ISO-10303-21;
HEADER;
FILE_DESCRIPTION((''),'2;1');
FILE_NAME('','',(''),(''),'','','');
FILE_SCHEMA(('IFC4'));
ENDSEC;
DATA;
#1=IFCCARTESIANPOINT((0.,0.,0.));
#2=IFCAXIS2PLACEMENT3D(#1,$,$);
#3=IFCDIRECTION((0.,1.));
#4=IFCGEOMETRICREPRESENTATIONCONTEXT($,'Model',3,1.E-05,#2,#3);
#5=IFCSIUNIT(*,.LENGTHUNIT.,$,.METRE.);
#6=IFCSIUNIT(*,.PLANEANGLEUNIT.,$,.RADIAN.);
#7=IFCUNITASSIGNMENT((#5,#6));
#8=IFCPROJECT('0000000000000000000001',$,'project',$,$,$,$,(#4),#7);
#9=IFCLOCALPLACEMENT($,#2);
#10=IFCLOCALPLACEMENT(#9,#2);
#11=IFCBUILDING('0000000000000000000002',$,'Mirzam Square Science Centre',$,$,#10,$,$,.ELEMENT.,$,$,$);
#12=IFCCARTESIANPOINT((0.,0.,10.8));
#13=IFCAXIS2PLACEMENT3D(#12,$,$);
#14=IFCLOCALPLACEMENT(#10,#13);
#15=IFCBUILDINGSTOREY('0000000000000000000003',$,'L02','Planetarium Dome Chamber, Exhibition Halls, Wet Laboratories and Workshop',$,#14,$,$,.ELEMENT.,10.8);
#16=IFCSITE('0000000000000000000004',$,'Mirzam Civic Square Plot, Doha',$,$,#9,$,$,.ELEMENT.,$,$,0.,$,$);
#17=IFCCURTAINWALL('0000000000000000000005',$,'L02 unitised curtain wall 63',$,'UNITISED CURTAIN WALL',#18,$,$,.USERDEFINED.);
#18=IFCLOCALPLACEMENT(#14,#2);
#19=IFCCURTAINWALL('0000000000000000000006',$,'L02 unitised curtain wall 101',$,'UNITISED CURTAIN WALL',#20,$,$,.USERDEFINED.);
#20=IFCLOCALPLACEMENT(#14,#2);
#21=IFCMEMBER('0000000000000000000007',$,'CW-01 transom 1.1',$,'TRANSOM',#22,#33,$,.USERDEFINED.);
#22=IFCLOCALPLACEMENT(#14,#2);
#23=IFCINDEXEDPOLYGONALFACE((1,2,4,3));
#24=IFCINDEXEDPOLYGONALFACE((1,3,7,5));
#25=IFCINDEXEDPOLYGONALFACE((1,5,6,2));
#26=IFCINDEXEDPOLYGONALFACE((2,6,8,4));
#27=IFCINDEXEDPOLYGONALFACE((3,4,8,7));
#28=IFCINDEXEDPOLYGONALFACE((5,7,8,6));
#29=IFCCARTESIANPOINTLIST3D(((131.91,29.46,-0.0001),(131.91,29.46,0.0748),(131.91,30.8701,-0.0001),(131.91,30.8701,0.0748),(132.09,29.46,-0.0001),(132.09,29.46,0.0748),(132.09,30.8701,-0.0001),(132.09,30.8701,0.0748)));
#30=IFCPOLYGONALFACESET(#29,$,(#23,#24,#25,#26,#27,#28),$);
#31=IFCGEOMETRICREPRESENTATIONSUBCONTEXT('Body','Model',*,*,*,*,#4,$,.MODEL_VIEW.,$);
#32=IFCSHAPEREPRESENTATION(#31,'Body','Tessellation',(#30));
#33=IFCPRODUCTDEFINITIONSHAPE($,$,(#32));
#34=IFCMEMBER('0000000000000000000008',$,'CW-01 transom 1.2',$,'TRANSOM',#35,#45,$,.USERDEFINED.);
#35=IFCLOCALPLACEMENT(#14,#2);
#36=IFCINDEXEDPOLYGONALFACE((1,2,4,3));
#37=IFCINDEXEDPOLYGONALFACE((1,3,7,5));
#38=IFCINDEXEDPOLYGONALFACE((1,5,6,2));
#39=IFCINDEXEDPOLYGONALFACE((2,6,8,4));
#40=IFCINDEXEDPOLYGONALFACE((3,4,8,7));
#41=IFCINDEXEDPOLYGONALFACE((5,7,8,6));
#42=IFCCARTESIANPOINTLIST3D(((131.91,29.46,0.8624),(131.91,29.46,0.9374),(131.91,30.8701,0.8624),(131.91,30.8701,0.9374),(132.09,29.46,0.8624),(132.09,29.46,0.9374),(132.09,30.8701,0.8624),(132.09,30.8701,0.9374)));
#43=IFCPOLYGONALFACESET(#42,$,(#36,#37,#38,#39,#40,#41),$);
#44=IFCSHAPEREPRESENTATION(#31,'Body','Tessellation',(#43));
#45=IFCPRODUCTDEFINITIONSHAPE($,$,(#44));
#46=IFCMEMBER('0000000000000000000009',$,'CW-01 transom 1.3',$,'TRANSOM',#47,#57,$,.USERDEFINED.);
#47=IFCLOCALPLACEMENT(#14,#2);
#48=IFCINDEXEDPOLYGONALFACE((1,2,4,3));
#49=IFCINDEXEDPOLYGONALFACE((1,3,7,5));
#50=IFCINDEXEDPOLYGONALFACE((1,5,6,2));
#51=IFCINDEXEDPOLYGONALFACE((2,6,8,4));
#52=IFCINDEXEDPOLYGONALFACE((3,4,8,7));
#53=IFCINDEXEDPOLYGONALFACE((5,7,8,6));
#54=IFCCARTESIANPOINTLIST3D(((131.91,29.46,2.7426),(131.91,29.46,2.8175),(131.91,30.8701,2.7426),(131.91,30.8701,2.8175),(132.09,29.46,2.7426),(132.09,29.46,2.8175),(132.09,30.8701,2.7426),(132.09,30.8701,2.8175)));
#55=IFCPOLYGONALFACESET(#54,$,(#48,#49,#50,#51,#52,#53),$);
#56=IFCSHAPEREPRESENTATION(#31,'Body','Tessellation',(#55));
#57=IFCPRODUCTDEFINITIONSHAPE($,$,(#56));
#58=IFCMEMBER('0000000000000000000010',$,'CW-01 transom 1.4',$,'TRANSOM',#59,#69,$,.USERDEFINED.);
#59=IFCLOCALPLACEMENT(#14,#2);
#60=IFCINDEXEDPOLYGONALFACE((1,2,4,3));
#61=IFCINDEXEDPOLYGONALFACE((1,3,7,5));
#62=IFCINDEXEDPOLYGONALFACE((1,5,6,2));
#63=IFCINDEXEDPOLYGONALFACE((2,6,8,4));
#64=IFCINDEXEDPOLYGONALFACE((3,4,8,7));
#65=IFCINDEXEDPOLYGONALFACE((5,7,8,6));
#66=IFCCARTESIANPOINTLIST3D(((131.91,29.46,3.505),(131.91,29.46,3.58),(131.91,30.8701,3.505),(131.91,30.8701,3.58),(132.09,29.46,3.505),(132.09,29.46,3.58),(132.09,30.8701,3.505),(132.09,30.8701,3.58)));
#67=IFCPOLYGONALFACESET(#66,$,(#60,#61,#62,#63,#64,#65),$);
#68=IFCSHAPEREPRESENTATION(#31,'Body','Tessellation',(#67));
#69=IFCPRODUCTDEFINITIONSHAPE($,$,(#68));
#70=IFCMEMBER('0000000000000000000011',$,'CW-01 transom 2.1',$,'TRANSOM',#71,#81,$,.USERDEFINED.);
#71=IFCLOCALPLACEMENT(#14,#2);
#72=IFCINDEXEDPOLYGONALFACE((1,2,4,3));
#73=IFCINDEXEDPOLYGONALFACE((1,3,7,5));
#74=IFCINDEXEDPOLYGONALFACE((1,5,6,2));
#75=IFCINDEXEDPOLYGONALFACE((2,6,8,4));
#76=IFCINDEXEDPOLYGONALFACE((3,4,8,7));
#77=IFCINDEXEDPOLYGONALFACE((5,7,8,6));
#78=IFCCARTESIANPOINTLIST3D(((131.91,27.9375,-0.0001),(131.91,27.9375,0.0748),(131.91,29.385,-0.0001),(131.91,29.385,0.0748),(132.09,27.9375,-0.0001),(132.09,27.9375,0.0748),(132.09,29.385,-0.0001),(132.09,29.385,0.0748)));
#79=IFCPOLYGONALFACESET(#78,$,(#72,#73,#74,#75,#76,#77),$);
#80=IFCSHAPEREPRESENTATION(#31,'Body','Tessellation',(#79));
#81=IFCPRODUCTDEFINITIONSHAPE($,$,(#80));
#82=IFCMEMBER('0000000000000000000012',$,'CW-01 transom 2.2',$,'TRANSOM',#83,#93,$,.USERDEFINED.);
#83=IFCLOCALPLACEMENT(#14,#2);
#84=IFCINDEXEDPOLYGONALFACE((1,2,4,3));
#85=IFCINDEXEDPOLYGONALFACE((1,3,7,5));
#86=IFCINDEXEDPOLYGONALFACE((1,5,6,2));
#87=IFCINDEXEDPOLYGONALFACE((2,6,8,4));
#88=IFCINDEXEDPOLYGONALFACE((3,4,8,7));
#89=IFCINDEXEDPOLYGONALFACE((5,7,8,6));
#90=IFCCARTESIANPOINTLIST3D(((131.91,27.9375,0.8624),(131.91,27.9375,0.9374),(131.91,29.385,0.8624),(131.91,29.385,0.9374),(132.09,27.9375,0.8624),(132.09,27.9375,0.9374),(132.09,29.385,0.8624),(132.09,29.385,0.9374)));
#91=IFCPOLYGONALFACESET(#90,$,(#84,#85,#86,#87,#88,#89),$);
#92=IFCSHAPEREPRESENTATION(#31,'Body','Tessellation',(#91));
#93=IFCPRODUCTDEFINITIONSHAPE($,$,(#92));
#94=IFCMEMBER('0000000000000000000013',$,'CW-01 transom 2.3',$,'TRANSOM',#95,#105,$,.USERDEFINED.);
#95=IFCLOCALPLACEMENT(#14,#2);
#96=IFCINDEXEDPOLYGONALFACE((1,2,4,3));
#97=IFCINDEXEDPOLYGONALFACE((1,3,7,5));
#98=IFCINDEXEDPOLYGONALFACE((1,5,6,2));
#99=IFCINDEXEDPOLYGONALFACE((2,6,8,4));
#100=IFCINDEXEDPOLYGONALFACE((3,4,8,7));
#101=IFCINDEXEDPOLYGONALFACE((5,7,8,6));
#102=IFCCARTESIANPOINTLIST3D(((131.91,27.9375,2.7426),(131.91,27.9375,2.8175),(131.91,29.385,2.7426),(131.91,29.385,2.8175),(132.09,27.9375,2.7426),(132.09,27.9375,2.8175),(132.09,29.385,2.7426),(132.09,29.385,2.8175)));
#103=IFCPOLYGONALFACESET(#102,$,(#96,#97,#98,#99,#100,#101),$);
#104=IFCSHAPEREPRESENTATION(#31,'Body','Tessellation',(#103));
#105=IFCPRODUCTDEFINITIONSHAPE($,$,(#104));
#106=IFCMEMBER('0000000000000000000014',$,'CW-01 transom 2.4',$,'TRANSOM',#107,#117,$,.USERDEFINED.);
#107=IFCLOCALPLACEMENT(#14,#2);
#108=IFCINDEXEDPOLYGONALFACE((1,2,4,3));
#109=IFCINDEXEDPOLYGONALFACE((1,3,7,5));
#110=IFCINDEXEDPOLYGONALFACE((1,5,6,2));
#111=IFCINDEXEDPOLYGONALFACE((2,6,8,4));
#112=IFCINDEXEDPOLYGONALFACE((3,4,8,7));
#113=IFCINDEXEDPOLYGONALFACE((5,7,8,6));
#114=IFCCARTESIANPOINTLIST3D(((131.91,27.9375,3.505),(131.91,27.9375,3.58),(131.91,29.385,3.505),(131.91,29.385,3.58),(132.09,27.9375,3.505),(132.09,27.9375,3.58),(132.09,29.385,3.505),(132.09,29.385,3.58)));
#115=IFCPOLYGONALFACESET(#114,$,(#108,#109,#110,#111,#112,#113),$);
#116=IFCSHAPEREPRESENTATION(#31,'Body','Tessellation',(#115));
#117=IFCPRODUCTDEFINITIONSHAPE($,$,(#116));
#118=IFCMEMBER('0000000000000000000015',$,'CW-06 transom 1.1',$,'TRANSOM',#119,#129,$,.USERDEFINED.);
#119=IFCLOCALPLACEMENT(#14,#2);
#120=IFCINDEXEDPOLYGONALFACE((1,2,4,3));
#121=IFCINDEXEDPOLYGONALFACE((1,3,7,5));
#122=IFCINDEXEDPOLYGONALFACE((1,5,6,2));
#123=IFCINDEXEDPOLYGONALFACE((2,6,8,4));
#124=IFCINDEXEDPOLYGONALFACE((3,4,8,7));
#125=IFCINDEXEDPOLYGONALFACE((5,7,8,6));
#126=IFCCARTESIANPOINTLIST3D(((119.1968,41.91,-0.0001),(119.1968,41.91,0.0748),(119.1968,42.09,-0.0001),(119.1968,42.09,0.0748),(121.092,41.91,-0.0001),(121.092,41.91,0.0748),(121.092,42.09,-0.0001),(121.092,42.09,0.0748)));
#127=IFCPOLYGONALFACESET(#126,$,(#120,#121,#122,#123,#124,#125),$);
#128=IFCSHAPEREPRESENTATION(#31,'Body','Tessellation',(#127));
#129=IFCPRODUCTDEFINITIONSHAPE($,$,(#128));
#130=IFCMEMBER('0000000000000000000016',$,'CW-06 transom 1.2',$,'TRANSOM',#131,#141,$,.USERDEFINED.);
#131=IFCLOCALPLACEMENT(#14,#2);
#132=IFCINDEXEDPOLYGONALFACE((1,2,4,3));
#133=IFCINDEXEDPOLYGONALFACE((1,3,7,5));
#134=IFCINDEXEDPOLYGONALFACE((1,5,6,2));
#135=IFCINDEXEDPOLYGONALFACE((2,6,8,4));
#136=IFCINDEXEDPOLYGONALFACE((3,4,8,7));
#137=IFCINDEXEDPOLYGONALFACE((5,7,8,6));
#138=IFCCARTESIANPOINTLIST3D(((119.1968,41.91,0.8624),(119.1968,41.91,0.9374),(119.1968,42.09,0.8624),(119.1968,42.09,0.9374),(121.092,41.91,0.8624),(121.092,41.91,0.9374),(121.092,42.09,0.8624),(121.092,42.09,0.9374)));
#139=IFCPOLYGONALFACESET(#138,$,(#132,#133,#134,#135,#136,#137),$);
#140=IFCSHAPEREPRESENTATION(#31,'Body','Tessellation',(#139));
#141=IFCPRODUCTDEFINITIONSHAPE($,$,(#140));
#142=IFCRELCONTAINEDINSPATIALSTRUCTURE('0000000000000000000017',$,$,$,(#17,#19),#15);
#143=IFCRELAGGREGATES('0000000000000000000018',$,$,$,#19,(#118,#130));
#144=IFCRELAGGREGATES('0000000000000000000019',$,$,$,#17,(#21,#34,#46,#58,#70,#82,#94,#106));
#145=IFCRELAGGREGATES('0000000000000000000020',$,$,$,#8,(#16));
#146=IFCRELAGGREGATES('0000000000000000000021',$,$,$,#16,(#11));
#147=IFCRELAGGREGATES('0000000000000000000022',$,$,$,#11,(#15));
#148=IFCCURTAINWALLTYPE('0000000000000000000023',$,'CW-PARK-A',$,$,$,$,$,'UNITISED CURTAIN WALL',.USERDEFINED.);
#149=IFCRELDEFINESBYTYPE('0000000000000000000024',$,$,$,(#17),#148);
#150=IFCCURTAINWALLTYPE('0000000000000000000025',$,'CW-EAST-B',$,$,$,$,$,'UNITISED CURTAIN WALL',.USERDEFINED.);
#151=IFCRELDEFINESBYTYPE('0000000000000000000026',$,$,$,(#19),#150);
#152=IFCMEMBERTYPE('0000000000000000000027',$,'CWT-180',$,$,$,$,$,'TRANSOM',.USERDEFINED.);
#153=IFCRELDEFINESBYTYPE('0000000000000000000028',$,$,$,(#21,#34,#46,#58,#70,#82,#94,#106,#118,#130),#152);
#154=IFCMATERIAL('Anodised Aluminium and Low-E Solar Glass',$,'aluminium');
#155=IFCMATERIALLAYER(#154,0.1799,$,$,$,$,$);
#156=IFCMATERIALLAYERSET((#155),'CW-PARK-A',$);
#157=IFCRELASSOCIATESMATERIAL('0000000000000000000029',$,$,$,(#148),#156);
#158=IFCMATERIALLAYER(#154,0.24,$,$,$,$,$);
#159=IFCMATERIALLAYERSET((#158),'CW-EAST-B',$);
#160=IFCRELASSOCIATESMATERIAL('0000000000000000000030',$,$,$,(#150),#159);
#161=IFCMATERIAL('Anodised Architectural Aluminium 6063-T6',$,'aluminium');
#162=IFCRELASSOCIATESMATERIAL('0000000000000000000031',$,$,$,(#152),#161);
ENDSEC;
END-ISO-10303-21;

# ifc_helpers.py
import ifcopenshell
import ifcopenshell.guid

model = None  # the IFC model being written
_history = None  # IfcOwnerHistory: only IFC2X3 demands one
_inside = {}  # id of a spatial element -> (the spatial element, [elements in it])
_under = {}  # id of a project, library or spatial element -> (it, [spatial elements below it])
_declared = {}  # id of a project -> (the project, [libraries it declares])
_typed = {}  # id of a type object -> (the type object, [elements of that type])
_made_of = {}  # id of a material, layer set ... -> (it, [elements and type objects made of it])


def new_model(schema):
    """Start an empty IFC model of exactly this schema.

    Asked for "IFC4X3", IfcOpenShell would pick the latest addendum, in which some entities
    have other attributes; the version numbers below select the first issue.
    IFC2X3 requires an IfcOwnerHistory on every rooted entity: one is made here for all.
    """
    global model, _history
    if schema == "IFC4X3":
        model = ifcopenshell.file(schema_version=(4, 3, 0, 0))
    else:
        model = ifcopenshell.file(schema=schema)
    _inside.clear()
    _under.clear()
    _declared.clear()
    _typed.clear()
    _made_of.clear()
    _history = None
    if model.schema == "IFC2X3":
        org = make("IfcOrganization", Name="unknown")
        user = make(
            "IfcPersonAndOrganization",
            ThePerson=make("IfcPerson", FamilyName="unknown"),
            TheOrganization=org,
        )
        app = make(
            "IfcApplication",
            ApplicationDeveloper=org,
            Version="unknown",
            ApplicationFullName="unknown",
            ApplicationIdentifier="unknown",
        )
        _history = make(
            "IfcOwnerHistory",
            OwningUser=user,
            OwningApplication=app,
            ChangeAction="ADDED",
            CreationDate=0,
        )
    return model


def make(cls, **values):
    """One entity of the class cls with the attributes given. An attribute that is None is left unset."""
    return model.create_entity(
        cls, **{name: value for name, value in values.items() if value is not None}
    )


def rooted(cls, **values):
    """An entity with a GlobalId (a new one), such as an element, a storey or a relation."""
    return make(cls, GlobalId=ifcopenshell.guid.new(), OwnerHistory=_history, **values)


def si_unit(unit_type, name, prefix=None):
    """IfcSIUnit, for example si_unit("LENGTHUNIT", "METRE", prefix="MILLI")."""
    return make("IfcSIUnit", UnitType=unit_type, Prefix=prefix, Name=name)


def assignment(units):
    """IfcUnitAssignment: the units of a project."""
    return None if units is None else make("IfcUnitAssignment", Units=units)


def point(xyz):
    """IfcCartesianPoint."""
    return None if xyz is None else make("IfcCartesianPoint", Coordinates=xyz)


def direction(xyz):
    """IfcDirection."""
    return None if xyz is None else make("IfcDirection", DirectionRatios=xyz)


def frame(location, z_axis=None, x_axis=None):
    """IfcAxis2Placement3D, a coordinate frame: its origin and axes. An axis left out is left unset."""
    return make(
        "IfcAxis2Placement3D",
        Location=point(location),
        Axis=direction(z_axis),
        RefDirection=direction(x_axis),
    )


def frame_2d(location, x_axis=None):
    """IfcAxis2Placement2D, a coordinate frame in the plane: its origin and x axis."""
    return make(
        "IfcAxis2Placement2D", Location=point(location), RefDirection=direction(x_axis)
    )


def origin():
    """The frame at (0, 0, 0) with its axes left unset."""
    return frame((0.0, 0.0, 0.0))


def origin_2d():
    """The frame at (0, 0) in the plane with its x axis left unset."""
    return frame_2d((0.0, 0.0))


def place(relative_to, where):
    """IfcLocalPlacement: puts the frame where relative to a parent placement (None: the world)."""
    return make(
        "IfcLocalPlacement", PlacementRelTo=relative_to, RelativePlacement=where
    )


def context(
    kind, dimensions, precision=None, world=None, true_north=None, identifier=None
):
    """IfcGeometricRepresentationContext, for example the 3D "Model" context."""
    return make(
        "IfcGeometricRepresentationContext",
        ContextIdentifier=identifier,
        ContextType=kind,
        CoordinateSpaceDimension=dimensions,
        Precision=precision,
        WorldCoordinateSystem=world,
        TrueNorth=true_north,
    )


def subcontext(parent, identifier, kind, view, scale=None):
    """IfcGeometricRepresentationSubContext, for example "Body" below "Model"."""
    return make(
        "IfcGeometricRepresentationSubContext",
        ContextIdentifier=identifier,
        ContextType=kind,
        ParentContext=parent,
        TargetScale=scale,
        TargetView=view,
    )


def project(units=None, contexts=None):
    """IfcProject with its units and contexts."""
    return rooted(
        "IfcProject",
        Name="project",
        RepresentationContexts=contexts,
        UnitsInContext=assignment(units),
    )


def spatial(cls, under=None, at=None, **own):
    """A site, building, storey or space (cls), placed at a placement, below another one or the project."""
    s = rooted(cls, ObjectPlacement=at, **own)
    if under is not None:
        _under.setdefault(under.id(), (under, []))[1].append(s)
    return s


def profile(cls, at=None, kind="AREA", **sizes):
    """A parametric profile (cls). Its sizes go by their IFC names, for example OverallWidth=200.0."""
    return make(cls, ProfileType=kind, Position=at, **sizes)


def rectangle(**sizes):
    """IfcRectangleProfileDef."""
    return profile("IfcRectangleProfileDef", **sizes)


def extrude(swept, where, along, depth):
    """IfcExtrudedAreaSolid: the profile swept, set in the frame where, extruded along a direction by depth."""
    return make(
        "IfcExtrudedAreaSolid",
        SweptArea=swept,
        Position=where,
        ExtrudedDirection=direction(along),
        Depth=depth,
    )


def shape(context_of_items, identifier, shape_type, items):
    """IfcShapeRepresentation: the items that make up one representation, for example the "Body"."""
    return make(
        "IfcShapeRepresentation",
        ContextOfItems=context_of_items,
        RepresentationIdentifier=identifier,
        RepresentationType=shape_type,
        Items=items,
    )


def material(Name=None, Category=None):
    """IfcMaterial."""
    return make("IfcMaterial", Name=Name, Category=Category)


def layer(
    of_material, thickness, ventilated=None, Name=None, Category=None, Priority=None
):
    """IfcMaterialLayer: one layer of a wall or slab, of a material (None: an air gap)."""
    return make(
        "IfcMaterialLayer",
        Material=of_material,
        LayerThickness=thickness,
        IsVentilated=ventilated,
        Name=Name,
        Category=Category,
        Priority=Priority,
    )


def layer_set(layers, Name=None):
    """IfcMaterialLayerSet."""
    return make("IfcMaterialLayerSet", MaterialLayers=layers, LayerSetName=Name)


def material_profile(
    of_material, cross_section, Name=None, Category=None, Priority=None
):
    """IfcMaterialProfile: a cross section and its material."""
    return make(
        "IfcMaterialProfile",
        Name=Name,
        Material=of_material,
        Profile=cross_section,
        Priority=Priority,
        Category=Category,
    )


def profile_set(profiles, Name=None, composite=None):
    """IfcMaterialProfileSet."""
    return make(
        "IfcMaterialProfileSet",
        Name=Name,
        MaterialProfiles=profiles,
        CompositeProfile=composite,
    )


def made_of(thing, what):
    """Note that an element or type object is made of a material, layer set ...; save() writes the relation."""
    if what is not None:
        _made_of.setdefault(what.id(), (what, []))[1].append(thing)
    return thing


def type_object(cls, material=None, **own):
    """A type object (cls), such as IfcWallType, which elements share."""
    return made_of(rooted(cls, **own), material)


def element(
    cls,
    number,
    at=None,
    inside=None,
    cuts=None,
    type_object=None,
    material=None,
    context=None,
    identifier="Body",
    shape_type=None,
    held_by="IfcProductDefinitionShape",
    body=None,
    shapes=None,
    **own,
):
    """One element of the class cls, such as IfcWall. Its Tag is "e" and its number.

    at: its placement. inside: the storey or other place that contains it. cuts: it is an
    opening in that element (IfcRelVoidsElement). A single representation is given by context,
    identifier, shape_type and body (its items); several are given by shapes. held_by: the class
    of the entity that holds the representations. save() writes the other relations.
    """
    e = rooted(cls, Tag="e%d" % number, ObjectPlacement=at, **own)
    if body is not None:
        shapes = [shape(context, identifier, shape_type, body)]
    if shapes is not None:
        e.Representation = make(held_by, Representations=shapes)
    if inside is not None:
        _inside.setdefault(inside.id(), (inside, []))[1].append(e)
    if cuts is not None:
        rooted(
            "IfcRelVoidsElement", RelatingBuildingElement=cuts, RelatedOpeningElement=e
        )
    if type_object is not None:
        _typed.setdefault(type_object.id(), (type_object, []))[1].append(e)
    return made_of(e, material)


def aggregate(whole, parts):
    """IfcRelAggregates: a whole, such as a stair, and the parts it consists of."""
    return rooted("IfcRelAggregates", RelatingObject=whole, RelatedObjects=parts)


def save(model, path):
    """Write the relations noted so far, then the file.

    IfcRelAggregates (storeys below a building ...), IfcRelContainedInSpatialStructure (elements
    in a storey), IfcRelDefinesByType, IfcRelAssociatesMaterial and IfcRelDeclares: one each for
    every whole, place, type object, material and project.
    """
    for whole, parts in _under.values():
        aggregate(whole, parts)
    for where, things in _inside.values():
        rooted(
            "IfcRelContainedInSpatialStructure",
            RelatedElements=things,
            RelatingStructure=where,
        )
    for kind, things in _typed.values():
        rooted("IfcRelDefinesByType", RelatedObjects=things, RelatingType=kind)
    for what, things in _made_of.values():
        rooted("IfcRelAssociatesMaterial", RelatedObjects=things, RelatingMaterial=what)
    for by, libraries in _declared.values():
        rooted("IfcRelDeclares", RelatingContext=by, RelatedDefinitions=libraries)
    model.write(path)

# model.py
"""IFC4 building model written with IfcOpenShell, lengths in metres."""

from ifc_helpers import new_model, si_unit, direction, frame, origin, origin_2d, place, context, subcontext, project, spatial, rectangle, extrude, material, layer, layer_set, material_profile, profile_set, type_object, element, aggregate, save


model = new_model("IFC4")

# Units and contexts
model_context = context("Model", 3, precision=1e-05, world=origin(), true_north=direction((0.0, 1.0)))
body_context = subcontext(model_context, "Body", "Model", "MODEL_VIEW")
ifc_project = project(units=[si_unit("LENGTHUNIT", "METRE"), si_unit("PLANEANGLEUNIT", "RADIAN")], contexts=[model_context])

# Site, building, storey
site_placement = place(None, origin())
site = spatial("IfcSite", under=ifc_project, at=site_placement, Name="Mirzam Civic Square Plot, Doha", CompositionType="ELEMENT", RefElevation=0.0)
building_placement = place(site_placement, origin())
building = spatial("IfcBuilding", under=site, at=building_placement, Name="Mirzam Square Science Centre", CompositionType="ELEMENT")
storey_placement = place(building_placement, frame((0.0, 0.0, 10.8)))
storey = spatial("IfcBuildingStorey", under=building, at=storey_placement, Name="L02", Description="Planetarium Dome Chamber, Exhibition Halls, Wet Laboratories and Workshop", CompositionType="ELEMENT", Elevation=10.8)

# Curtain wall
ifc_material_1 = material(Name="Anodised Aluminium and Low-E Solar Glass", Category="aluminium")
ifc_layer_1 = layer(ifc_material_1, 0.1799)
ifc_layer_set_1 = layer_set([ifc_layer_1], Name="CW-PARK-A")
curtain_wall_type_1 = type_object("IfcCurtainWallType", Name="CW-PARK-A", ElementType="UNITISED CURTAIN WALL", PredefinedType="USERDEFINED", material=ifc_layer_set_1)
curtain_wall_1_placement = place(storey_placement, origin())
curtain_wall_1 = element("IfcCurtainWall", 1, at=curtain_wall_1_placement, inside=storey, type_object=curtain_wall_type_1, Name="L02 unitised curtain wall 63", ObjectType="UNITISED CURTAIN WALL", PredefinedType="USERDEFINED")
ifc_material_2 = material(Name="Anodised Architectural Aluminium 6063-T6", Category="aluminium")

# Curtain wall
ifc_layer_2 = layer(ifc_material_1, 0.24)
ifc_layer_set_2 = layer_set([ifc_layer_2], Name="CW-EAST-B")
curtain_wall_type_2 = type_object("IfcCurtainWallType", Name="CW-EAST-B", ElementType="UNITISED CURTAIN WALL", PredefinedType="USERDEFINED", material=ifc_layer_set_2)
curtain_wall_2_placement = place(storey_placement, origin())
curtain_wall_2 = element("IfcCurtainWall", 2, at=curtain_wall_2_placement, inside=storey, type_object=curtain_wall_type_2, Name="L02 unitised curtain wall 101", ObjectType="UNITISED CURTAIN WALL", PredefinedType="USERDEFINED")

# Members
ifc_material_profile_1 = material_profile(ifc_material_2, rectangle(XDim=0.1799, YDim=0.075, at=origin_2d()), Name="ALU-TRAN-180x75x5")
ifc_profile_set_1 = profile_set([ifc_material_profile_1], Name="Anodised Architectural Aluminium 6063-T6")
member_type_1 = type_object("IfcMemberType", Name="CWT-180", ElementType="TRANSOM", PredefinedType="USERDEFINED", material=ifc_profile_set_1)
member_1_placement = place(storey_placement, frame((132.0, 30.8701, 0.0374), z_axis=(0.0, -1.0, 0.0), x_axis=(1.0, 0.0, 0.0)))
member_1 = element("IfcMember", 3, at=member_1_placement, type_object=member_type_1, Name="CW-01 transom 1.1", ObjectType="TRANSOM", PredefinedType="USERDEFINED", context=body_context, shape_type="SweptSolid", body=[
    extrude(rectangle(XDim=0.1799, YDim=0.075, at=origin_2d()), origin(), (0.0, 0.0, 1.0), 1.4102),
])
member_2_placement = place(storey_placement, frame((132.0, 30.8701, 0.8999), z_axis=(0.0, -1.0, 0.0), x_axis=(1.0, 0.0, 0.0)))
member_2 = element("IfcMember", 4, at=member_2_placement, type_object=member_type_1, Name="CW-01 transom 1.2", ObjectType="TRANSOM", PredefinedType="USERDEFINED", context=body_context, shape_type="SweptSolid", body=[
    extrude(rectangle(XDim=0.1799, YDim=0.075, at=origin_2d()), origin(), (0.0, 0.0, 1.0), 1.4102),
])
member_3_placement = place(storey_placement, frame((132.0, 30.8701, 2.78), z_axis=(0.0, -1.0, 0.0), x_axis=(1.0, 0.0, 0.0)))
member_3 = element("IfcMember", 5, at=member_3_placement, type_object=member_type_1, Name="CW-01 transom 1.3", ObjectType="TRANSOM", PredefinedType="USERDEFINED", context=body_context, shape_type="SweptSolid", body=[
    extrude(rectangle(XDim=0.1799, YDim=0.075, at=origin_2d()), origin(), (0.0, 0.0, 1.0), 1.4102),
])
member_4_placement = place(storey_placement, frame((132.0, 30.8701, 3.5425), z_axis=(0.0, -1.0, 0.0), x_axis=(1.0, 0.0, 0.0)))
member_4 = element("IfcMember", 6, at=member_4_placement, type_object=member_type_1, Name="CW-01 transom 1.4", ObjectType="TRANSOM", PredefinedType="USERDEFINED", context=body_context, shape_type="SweptSolid", body=[
    extrude(rectangle(XDim=0.1799, YDim=0.075, at=origin_2d()), origin(), (0.0, 0.0, 1.0), 1.4102),
])
member_5_placement = place(storey_placement, frame((132.0, 29.385, 0.0374), z_axis=(0.0, -1.0, 0.0), x_axis=(1.0, 0.0, 0.0)))
member_5 = element("IfcMember", 7, at=member_5_placement, type_object=member_type_1, Name="CW-01 transom 2.1", ObjectType="TRANSOM", PredefinedType="USERDEFINED", context=body_context, shape_type="SweptSolid", body=[
    extrude(rectangle(XDim=0.1799, YDim=0.075, at=origin_2d()), origin(), (0.0, 0.0, 1.0), 1.4475),
])
member_6_placement = place(storey_placement, frame((132.0, 29.385, 0.8999), z_axis=(0.0, -1.0, 0.0), x_axis=(1.0, 0.0, 0.0)))
member_6 = element("IfcMember", 8, at=member_6_placement, type_object=member_type_1, Name="CW-01 transom 2.2", ObjectType="TRANSOM", PredefinedType="USERDEFINED", context=body_context, shape_type="SweptSolid", body=[
    extrude(rectangle(XDim=0.1799, YDim=0.075, at=origin_2d()), origin(), (0.0, 0.0, 1.0), 1.4475),
])
member_7_placement = place(storey_placement, frame((132.0, 29.385, 2.78), z_axis=(0.0, -1.0, 0.0), x_axis=(1.0, 0.0, 0.0)))
member_7 = element("IfcMember", 9, at=member_7_placement, type_object=member_type_1, Name="CW-01 transom 2.3", ObjectType="TRANSOM", PredefinedType="USERDEFINED", context=body_context, shape_type="SweptSolid", body=[
    extrude(rectangle(XDim=0.1799, YDim=0.075, at=origin_2d()), origin(), (0.0, 0.0, 1.0), 1.4475),
])
member_8_placement = place(storey_placement, frame((132.0, 29.385, 3.5425), z_axis=(0.0, -1.0, 0.0), x_axis=(1.0, 0.0, 0.0)))
member_8 = element("IfcMember", 10, at=member_8_placement, type_object=member_type_1, Name="CW-01 transom 2.4", ObjectType="TRANSOM", PredefinedType="USERDEFINED", context=body_context, shape_type="SweptSolid", body=[
    extrude(rectangle(XDim=0.1799, YDim=0.075, at=origin_2d()), origin(), (0.0, 0.0, 1.0), 1.4475),
])
member_9_placement = place(storey_placement, frame((119.1968, 42.0, 0.0374), z_axis=(1.0, 0.0, 0.0), x_axis=(0.0, 1.0, 0.0)))
member_9 = element("IfcMember", 11, at=member_9_placement, type_object=member_type_1, Name="CW-06 transom 1.1", ObjectType="TRANSOM", PredefinedType="USERDEFINED", context=body_context, shape_type="SweptSolid", body=[
    extrude(rectangle(XDim=0.1799, YDim=0.075, at=origin_2d()), origin(), (0.0, 0.0, 1.0), 1.8953),
])
member_10_placement = place(storey_placement, frame((119.1968, 42.0, 0.8999), z_axis=(1.0, 0.0, 0.0), x_axis=(0.0, 1.0, 0.0)))
member_10 = element("IfcMember", 12, at=member_10_placement, type_object=member_type_1, Name="CW-06 transom 1.2", ObjectType="TRANSOM", PredefinedType="USERDEFINED", context=body_context, shape_type="SweptSolid", body=[
    extrude(rectangle(XDim=0.1799, YDim=0.075, at=origin_2d()), origin(), (0.0, 0.0, 1.0), 1.8953),
])
aggregate(curtain_wall_2, [member_9, member_10])

aggregate(curtain_wall_1, [member_1, member_2, member_3, member_4, member_5, member_6, member_7, member_8])

save(model, "model.ifc")
